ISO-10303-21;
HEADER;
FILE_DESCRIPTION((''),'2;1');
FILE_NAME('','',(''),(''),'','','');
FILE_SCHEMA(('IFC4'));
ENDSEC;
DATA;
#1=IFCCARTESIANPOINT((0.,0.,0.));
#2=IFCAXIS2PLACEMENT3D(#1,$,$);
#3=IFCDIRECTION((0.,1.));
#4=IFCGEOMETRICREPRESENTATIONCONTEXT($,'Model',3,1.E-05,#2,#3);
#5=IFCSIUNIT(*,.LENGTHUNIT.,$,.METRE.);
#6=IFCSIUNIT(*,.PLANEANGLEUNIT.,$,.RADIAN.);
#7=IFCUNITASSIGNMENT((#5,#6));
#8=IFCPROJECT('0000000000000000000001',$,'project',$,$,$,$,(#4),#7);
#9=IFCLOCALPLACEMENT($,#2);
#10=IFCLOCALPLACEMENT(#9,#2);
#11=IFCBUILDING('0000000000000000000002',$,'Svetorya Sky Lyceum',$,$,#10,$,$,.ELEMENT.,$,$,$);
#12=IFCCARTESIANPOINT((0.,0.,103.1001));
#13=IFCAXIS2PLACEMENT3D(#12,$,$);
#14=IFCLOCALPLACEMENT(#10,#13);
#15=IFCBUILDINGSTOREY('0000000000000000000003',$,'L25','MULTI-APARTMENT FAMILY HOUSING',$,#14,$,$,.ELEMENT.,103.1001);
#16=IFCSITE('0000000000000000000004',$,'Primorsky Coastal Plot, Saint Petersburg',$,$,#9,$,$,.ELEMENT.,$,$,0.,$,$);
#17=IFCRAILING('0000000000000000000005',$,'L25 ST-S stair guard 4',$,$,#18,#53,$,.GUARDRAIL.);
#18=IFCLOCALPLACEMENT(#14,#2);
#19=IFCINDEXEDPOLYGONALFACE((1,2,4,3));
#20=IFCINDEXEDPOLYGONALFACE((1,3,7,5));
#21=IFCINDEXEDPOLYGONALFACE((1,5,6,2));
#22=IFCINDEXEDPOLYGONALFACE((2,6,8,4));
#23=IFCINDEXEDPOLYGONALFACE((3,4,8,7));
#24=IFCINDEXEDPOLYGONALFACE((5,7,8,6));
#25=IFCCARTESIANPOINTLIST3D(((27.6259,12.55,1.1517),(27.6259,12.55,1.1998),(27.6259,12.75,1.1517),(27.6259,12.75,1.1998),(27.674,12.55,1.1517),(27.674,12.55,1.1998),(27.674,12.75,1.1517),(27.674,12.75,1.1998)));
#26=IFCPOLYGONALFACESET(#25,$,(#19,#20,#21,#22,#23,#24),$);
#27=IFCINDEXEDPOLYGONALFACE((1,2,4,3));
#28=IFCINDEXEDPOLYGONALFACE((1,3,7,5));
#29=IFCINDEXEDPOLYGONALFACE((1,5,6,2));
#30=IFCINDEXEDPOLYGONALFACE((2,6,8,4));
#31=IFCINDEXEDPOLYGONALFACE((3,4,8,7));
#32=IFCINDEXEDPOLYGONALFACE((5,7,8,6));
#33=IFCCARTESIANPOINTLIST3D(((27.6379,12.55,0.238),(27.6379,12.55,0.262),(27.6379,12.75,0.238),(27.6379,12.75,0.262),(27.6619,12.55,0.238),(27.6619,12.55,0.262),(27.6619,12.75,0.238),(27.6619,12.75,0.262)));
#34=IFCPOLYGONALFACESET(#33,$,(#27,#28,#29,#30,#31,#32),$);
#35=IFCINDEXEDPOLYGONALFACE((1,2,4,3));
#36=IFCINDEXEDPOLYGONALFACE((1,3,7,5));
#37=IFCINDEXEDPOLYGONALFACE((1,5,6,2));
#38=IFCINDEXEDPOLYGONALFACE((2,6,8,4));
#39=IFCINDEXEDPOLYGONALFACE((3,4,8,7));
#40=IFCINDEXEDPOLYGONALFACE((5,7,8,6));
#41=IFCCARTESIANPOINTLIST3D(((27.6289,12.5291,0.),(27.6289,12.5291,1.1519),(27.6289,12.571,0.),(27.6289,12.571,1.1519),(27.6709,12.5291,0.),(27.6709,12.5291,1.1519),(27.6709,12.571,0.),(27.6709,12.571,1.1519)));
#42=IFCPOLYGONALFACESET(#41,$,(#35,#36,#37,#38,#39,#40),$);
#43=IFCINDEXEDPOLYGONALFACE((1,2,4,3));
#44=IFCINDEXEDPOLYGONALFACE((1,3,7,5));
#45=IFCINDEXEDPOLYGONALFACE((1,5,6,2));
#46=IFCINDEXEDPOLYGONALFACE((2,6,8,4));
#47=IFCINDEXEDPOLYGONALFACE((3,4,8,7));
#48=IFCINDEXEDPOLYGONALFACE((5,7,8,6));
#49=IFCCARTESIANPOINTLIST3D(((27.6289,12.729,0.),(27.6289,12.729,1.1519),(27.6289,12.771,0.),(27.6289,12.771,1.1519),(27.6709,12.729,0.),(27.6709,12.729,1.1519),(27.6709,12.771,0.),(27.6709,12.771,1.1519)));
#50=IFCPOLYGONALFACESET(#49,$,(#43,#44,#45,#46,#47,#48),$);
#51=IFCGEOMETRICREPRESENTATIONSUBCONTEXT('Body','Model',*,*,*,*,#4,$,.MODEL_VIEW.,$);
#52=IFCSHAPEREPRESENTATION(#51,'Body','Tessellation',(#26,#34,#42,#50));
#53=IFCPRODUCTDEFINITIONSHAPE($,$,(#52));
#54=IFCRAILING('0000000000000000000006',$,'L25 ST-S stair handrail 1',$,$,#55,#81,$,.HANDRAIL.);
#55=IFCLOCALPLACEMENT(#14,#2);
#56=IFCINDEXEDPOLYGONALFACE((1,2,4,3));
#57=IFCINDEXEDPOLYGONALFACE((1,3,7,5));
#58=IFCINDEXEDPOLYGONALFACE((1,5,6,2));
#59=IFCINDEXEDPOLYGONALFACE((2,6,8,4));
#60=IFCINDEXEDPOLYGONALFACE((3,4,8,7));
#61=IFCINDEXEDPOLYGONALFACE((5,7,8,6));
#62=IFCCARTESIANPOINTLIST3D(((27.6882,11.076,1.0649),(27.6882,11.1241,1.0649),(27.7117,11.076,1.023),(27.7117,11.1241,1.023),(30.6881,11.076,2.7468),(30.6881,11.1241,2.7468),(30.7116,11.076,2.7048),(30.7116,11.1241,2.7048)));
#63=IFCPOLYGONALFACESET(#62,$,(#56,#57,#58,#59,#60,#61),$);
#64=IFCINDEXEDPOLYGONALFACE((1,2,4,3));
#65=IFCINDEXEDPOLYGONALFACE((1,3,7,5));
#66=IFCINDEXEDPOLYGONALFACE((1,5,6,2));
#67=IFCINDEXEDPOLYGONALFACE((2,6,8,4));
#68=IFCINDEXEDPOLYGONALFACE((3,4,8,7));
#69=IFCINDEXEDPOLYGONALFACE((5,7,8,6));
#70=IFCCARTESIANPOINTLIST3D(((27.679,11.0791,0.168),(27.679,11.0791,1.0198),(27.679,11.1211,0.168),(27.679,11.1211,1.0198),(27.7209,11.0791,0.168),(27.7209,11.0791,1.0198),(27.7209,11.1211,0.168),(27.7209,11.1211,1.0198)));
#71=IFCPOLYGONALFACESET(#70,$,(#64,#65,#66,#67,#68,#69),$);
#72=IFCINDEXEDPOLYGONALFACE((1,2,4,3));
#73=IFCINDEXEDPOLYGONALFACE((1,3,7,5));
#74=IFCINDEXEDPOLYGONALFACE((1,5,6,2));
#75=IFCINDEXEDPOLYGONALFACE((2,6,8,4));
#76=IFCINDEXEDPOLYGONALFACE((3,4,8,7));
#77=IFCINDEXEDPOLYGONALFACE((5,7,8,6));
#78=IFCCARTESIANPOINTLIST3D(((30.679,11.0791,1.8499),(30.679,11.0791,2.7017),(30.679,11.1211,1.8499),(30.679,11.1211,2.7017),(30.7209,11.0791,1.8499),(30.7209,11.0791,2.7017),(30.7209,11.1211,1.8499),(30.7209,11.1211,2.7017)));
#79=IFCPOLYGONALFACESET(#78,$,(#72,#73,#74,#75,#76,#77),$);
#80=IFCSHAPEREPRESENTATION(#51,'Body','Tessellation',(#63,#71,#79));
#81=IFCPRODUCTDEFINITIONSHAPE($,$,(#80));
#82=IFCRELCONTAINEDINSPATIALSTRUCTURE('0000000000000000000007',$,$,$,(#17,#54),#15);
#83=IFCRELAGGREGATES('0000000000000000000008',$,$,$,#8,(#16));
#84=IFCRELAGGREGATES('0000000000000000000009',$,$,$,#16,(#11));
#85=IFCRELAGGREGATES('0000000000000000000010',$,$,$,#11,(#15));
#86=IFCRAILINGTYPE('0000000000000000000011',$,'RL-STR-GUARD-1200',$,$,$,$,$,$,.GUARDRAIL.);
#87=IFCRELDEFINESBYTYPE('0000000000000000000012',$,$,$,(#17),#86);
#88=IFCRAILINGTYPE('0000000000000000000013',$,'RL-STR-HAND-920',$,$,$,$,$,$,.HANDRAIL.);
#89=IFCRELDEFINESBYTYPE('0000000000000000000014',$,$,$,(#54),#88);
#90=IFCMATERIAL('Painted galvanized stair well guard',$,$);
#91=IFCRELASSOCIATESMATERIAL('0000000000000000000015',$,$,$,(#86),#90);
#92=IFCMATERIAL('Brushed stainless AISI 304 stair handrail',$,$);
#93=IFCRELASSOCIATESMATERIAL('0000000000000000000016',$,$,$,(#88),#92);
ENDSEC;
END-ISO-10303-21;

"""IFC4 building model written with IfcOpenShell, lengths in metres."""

from ifc_helpers import new_model, si_unit, direction, frame, origin, origin_2d, place, context, subcontext, project, spatial, rectangle, extrude, material, type_object, element, save


model = new_model("IFC4")

# Units and contexts
model_context = context("Model", 3, precision=1e-05, world=origin(), true_north=direction((0.0, 1.0)))
body_context = subcontext(model_context, "Body", "Model", "MODEL_VIEW")
ifc_project = project(units=[si_unit("LENGTHUNIT", "METRE"), si_unit("PLANEANGLEUNIT", "RADIAN")], contexts=[model_context])

# Site, building, storey
site_placement = place(None, origin())
site = spatial("IfcSite", under=ifc_project, at=site_placement, Name="Primorsky Coastal Plot, Saint Petersburg", CompositionType="ELEMENT", RefElevation=0.0)
building_placement = place(site_placement, origin())
building = spatial("IfcBuilding", under=site, at=building_placement, Name="Svetorya Sky Lyceum", CompositionType="ELEMENT")
storey_placement = place(building_placement, frame((0.0, 0.0, 103.1001)))
storey = spatial("IfcBuildingStorey", under=building, at=storey_placement, Name="L25", Description="MULTI-APARTMENT FAMILY HOUSING", CompositionType="ELEMENT", Elevation=103.1001)

# Railings
ifc_material_1 = material(Name="Painted galvanized stair well guard")
railing_type_1 = type_object("IfcRailingType", Name="RL-STR-GUARD-1200", PredefinedType="GUARDRAIL", material=ifc_material_1)
railing_1_placement = place(storey_placement, frame((27.6499, 12.55, 0.0)))
element("IfcRailing", 1, at=railing_1_placement, inside=storey, type_object=railing_type_1, Name="L25 ST-S stair guard 4", PredefinedType="GUARDRAIL", context=body_context, shape_type="SweptSolid", body=[
    extrude(rectangle(XDim=0.0481, YDim=0.0481, at=origin_2d()), frame((0.0, 0.0, 1.1758), z_axis=(0.0, 1.0, 0.0), x_axis=(-1.0, 0.0, 0.0)), (0.0, 0.0, 1.0), 0.2),
    extrude(rectangle(XDim=0.0239, YDim=0.0239, at=origin_2d()), frame((0.0, 0.0, 0.25), z_axis=(0.0, 1.0, 0.0), x_axis=(-1.0, 0.0, 0.0)), (0.0, 0.0, 1.0), 0.2),
    extrude(rectangle(XDim=0.042, YDim=0.042, at=origin_2d()), origin(), (0.0, 0.0, 1.0), 1.1519),
    extrude(rectangle(XDim=0.042, YDim=0.042, at=origin_2d()), frame((0.0, 0.2, 0.0)), (0.0, 0.0, 1.0), 1.1519),
])
ifc_material_2 = material(Name="Brushed stainless AISI 304 stair handrail")
railing_type_2 = type_object("IfcRailingType", Name="RL-STR-HAND-920", PredefinedType="HANDRAIL", material=ifc_material_2)
railing_2_placement = place(storey_placement, frame((27.7, 11.1001, 0.168)))
element("IfcRailing", 2, at=railing_2_placement, inside=storey, type_object=railing_type_2, Name="L25 ST-S stair handrail 1", PredefinedType="HANDRAIL", context=body_context, shape_type="SweptSolid", body=[
    extrude(rectangle(XDim=0.0481, YDim=0.0481, at=origin_2d()), frame((0.0, 0.0, 0.876), z_axis=(0.872272, 0.0, 0.48902), x_axis=(0.0, 1.0, 0.0)), (0.0, 0.0, 1.0), 3.4392),
    extrude(rectangle(XDim=0.042, YDim=0.042, at=origin_2d()), origin(), (0.0, 0.0, 1.0), 0.8518),
    extrude(rectangle(XDim=0.042, YDim=0.042, at=origin_2d()), frame((3.0, 0.0, 1.6819)), (0.0, 0.0, 1.0), 0.8518),
])

save(model, "model.ifc")
